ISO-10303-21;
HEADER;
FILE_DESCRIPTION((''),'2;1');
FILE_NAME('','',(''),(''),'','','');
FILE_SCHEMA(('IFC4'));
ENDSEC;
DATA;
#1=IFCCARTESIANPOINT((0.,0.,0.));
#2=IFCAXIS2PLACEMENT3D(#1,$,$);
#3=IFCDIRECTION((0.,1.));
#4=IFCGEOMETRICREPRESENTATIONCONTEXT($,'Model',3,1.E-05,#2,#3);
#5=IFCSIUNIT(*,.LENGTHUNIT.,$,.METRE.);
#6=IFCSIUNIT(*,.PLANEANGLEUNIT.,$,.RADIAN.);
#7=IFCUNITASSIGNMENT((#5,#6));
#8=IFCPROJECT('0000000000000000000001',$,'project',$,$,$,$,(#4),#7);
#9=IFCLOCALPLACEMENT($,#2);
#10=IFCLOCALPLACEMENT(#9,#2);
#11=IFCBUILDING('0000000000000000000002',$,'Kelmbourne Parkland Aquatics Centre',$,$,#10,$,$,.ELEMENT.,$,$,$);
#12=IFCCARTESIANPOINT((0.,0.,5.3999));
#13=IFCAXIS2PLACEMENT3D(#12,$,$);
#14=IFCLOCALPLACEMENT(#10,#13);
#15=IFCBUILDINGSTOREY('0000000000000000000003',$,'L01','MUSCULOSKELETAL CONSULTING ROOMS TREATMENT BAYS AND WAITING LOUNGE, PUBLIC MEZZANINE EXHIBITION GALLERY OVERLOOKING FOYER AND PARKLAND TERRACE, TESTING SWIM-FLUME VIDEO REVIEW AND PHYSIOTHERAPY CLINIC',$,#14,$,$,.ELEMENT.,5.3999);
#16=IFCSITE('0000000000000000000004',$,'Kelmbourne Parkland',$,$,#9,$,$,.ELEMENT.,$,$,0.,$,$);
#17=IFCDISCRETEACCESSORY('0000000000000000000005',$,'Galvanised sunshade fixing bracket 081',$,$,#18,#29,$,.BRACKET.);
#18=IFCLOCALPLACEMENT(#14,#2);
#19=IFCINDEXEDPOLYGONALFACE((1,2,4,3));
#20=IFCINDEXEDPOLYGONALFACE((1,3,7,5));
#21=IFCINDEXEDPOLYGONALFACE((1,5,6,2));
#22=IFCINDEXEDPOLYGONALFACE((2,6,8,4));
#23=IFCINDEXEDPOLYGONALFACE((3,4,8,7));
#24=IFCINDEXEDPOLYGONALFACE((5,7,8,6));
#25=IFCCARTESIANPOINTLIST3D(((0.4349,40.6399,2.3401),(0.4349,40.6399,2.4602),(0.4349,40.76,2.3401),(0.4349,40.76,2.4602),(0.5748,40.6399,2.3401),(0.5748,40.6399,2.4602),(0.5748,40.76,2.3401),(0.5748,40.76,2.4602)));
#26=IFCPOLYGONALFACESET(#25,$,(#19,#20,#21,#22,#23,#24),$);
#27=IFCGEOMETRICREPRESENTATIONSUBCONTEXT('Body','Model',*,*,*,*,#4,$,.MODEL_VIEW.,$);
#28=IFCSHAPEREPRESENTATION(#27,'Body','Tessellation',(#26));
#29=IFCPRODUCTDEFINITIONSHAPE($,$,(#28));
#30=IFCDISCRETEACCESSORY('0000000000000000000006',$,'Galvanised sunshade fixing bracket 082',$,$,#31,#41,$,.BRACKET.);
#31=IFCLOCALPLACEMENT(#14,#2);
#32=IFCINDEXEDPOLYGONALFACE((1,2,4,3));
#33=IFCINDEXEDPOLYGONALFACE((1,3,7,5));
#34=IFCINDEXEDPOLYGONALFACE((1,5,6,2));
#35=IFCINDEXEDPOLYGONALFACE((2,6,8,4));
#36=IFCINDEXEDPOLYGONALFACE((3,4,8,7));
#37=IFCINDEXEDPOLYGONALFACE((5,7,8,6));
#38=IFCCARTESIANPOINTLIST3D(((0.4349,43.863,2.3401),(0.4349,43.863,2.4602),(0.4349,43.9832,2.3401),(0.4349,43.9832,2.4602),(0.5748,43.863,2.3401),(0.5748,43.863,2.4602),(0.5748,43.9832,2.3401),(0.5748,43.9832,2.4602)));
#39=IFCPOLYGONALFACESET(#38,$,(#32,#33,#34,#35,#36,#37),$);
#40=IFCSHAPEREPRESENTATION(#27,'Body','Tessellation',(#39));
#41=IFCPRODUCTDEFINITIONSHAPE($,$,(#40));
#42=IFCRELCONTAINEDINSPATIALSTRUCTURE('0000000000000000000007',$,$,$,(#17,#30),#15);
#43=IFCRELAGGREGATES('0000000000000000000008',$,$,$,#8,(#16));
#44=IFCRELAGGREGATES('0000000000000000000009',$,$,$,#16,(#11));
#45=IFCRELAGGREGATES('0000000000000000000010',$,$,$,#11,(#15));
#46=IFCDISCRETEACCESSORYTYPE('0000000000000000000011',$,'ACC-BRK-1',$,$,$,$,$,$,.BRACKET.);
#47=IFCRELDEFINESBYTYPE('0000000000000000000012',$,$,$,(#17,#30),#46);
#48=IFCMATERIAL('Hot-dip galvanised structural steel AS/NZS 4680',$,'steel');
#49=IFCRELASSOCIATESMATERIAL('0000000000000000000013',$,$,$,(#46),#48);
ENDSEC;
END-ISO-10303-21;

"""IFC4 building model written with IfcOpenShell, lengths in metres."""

from ifc_helpers import new_model, si_unit, direction, frame, origin, origin_2d, place, context, subcontext, project, spatial, rectangle, extrude, material, type_object, element, save


model = new_model("IFC4")

# Units and contexts
model_context = context("Model", 3, precision=1e-05, world=origin(), true_north=direction((0.0, 1.0)))
body_context = subcontext(model_context, "Body", "Model", "MODEL_VIEW")
ifc_project = project(units=[si_unit("LENGTHUNIT", "METRE"), si_unit("PLANEANGLEUNIT", "RADIAN")], contexts=[model_context])

# Site, building, storey
site_placement = place(None, origin())
site = spatial("IfcSite", under=ifc_project, at=site_placement, Name="Kelmbourne Parkland", CompositionType="ELEMENT", RefElevation=0.0)
building_placement = place(site_placement, origin())
building = spatial("IfcBuilding", under=site, at=building_placement, Name="Kelmbourne Parkland Aquatics Centre", CompositionType="ELEMENT")
storey_placement = place(building_placement, frame((0.0, 0.0, 5.3999)))
storey = spatial("IfcBuildingStorey", under=building, at=storey_placement, Name="L01", Description="MUSCULOSKELETAL CONSULTING ROOMS TREATMENT BAYS AND WAITING LOUNGE, PUBLIC MEZZANINE EXHIBITION GALLERY OVERLOOKING FOYER AND PARKLAND TERRACE, TESTING SWIM-FLUME VIDEO REVIEW AND PHYSIOTHERAPY CLINIC", CompositionType="ELEMENT", Elevation=5.3999)

# Discrete accessories
ifc_material_1 = material(Name="Hot-dip galvanised structural steel AS/NZS 4680", Category="steel")
discrete_accessory_type = type_object("IfcDiscreteAccessoryType", Name="ACC-BRK-1", PredefinedType="BRACKET", material=ifc_material_1)
for number, where, z_axis, x_axis, name in (
    (1, (0.5049, 40.7, 2.3401), (0.0, 0.0, 1.0), (0.0, 1.0, 0.0), "Galvanised sunshade fixing bracket 081"),
    (2, (0.5049, 43.9231, 2.3401), (0.0, 0.0, 1.0), (0.0, 1.0, 0.0), "Galvanised sunshade fixing bracket 082"),
):
    element("IfcDiscreteAccessory", number, at=place(storey_placement, frame(where, z_axis=z_axis, x_axis=x_axis)), inside=storey, type_object=discrete_accessory_type, Name=name, PredefinedType="BRACKET", context=body_context, shape_type="SweptSolid", body=[
        extrude(rectangle(XDim=0.1201, YDim=0.1399, at=origin_2d()), origin(), (0.0, 0.0, 1.0), 0.1201),
    ])

save(model, "model.ifc")
